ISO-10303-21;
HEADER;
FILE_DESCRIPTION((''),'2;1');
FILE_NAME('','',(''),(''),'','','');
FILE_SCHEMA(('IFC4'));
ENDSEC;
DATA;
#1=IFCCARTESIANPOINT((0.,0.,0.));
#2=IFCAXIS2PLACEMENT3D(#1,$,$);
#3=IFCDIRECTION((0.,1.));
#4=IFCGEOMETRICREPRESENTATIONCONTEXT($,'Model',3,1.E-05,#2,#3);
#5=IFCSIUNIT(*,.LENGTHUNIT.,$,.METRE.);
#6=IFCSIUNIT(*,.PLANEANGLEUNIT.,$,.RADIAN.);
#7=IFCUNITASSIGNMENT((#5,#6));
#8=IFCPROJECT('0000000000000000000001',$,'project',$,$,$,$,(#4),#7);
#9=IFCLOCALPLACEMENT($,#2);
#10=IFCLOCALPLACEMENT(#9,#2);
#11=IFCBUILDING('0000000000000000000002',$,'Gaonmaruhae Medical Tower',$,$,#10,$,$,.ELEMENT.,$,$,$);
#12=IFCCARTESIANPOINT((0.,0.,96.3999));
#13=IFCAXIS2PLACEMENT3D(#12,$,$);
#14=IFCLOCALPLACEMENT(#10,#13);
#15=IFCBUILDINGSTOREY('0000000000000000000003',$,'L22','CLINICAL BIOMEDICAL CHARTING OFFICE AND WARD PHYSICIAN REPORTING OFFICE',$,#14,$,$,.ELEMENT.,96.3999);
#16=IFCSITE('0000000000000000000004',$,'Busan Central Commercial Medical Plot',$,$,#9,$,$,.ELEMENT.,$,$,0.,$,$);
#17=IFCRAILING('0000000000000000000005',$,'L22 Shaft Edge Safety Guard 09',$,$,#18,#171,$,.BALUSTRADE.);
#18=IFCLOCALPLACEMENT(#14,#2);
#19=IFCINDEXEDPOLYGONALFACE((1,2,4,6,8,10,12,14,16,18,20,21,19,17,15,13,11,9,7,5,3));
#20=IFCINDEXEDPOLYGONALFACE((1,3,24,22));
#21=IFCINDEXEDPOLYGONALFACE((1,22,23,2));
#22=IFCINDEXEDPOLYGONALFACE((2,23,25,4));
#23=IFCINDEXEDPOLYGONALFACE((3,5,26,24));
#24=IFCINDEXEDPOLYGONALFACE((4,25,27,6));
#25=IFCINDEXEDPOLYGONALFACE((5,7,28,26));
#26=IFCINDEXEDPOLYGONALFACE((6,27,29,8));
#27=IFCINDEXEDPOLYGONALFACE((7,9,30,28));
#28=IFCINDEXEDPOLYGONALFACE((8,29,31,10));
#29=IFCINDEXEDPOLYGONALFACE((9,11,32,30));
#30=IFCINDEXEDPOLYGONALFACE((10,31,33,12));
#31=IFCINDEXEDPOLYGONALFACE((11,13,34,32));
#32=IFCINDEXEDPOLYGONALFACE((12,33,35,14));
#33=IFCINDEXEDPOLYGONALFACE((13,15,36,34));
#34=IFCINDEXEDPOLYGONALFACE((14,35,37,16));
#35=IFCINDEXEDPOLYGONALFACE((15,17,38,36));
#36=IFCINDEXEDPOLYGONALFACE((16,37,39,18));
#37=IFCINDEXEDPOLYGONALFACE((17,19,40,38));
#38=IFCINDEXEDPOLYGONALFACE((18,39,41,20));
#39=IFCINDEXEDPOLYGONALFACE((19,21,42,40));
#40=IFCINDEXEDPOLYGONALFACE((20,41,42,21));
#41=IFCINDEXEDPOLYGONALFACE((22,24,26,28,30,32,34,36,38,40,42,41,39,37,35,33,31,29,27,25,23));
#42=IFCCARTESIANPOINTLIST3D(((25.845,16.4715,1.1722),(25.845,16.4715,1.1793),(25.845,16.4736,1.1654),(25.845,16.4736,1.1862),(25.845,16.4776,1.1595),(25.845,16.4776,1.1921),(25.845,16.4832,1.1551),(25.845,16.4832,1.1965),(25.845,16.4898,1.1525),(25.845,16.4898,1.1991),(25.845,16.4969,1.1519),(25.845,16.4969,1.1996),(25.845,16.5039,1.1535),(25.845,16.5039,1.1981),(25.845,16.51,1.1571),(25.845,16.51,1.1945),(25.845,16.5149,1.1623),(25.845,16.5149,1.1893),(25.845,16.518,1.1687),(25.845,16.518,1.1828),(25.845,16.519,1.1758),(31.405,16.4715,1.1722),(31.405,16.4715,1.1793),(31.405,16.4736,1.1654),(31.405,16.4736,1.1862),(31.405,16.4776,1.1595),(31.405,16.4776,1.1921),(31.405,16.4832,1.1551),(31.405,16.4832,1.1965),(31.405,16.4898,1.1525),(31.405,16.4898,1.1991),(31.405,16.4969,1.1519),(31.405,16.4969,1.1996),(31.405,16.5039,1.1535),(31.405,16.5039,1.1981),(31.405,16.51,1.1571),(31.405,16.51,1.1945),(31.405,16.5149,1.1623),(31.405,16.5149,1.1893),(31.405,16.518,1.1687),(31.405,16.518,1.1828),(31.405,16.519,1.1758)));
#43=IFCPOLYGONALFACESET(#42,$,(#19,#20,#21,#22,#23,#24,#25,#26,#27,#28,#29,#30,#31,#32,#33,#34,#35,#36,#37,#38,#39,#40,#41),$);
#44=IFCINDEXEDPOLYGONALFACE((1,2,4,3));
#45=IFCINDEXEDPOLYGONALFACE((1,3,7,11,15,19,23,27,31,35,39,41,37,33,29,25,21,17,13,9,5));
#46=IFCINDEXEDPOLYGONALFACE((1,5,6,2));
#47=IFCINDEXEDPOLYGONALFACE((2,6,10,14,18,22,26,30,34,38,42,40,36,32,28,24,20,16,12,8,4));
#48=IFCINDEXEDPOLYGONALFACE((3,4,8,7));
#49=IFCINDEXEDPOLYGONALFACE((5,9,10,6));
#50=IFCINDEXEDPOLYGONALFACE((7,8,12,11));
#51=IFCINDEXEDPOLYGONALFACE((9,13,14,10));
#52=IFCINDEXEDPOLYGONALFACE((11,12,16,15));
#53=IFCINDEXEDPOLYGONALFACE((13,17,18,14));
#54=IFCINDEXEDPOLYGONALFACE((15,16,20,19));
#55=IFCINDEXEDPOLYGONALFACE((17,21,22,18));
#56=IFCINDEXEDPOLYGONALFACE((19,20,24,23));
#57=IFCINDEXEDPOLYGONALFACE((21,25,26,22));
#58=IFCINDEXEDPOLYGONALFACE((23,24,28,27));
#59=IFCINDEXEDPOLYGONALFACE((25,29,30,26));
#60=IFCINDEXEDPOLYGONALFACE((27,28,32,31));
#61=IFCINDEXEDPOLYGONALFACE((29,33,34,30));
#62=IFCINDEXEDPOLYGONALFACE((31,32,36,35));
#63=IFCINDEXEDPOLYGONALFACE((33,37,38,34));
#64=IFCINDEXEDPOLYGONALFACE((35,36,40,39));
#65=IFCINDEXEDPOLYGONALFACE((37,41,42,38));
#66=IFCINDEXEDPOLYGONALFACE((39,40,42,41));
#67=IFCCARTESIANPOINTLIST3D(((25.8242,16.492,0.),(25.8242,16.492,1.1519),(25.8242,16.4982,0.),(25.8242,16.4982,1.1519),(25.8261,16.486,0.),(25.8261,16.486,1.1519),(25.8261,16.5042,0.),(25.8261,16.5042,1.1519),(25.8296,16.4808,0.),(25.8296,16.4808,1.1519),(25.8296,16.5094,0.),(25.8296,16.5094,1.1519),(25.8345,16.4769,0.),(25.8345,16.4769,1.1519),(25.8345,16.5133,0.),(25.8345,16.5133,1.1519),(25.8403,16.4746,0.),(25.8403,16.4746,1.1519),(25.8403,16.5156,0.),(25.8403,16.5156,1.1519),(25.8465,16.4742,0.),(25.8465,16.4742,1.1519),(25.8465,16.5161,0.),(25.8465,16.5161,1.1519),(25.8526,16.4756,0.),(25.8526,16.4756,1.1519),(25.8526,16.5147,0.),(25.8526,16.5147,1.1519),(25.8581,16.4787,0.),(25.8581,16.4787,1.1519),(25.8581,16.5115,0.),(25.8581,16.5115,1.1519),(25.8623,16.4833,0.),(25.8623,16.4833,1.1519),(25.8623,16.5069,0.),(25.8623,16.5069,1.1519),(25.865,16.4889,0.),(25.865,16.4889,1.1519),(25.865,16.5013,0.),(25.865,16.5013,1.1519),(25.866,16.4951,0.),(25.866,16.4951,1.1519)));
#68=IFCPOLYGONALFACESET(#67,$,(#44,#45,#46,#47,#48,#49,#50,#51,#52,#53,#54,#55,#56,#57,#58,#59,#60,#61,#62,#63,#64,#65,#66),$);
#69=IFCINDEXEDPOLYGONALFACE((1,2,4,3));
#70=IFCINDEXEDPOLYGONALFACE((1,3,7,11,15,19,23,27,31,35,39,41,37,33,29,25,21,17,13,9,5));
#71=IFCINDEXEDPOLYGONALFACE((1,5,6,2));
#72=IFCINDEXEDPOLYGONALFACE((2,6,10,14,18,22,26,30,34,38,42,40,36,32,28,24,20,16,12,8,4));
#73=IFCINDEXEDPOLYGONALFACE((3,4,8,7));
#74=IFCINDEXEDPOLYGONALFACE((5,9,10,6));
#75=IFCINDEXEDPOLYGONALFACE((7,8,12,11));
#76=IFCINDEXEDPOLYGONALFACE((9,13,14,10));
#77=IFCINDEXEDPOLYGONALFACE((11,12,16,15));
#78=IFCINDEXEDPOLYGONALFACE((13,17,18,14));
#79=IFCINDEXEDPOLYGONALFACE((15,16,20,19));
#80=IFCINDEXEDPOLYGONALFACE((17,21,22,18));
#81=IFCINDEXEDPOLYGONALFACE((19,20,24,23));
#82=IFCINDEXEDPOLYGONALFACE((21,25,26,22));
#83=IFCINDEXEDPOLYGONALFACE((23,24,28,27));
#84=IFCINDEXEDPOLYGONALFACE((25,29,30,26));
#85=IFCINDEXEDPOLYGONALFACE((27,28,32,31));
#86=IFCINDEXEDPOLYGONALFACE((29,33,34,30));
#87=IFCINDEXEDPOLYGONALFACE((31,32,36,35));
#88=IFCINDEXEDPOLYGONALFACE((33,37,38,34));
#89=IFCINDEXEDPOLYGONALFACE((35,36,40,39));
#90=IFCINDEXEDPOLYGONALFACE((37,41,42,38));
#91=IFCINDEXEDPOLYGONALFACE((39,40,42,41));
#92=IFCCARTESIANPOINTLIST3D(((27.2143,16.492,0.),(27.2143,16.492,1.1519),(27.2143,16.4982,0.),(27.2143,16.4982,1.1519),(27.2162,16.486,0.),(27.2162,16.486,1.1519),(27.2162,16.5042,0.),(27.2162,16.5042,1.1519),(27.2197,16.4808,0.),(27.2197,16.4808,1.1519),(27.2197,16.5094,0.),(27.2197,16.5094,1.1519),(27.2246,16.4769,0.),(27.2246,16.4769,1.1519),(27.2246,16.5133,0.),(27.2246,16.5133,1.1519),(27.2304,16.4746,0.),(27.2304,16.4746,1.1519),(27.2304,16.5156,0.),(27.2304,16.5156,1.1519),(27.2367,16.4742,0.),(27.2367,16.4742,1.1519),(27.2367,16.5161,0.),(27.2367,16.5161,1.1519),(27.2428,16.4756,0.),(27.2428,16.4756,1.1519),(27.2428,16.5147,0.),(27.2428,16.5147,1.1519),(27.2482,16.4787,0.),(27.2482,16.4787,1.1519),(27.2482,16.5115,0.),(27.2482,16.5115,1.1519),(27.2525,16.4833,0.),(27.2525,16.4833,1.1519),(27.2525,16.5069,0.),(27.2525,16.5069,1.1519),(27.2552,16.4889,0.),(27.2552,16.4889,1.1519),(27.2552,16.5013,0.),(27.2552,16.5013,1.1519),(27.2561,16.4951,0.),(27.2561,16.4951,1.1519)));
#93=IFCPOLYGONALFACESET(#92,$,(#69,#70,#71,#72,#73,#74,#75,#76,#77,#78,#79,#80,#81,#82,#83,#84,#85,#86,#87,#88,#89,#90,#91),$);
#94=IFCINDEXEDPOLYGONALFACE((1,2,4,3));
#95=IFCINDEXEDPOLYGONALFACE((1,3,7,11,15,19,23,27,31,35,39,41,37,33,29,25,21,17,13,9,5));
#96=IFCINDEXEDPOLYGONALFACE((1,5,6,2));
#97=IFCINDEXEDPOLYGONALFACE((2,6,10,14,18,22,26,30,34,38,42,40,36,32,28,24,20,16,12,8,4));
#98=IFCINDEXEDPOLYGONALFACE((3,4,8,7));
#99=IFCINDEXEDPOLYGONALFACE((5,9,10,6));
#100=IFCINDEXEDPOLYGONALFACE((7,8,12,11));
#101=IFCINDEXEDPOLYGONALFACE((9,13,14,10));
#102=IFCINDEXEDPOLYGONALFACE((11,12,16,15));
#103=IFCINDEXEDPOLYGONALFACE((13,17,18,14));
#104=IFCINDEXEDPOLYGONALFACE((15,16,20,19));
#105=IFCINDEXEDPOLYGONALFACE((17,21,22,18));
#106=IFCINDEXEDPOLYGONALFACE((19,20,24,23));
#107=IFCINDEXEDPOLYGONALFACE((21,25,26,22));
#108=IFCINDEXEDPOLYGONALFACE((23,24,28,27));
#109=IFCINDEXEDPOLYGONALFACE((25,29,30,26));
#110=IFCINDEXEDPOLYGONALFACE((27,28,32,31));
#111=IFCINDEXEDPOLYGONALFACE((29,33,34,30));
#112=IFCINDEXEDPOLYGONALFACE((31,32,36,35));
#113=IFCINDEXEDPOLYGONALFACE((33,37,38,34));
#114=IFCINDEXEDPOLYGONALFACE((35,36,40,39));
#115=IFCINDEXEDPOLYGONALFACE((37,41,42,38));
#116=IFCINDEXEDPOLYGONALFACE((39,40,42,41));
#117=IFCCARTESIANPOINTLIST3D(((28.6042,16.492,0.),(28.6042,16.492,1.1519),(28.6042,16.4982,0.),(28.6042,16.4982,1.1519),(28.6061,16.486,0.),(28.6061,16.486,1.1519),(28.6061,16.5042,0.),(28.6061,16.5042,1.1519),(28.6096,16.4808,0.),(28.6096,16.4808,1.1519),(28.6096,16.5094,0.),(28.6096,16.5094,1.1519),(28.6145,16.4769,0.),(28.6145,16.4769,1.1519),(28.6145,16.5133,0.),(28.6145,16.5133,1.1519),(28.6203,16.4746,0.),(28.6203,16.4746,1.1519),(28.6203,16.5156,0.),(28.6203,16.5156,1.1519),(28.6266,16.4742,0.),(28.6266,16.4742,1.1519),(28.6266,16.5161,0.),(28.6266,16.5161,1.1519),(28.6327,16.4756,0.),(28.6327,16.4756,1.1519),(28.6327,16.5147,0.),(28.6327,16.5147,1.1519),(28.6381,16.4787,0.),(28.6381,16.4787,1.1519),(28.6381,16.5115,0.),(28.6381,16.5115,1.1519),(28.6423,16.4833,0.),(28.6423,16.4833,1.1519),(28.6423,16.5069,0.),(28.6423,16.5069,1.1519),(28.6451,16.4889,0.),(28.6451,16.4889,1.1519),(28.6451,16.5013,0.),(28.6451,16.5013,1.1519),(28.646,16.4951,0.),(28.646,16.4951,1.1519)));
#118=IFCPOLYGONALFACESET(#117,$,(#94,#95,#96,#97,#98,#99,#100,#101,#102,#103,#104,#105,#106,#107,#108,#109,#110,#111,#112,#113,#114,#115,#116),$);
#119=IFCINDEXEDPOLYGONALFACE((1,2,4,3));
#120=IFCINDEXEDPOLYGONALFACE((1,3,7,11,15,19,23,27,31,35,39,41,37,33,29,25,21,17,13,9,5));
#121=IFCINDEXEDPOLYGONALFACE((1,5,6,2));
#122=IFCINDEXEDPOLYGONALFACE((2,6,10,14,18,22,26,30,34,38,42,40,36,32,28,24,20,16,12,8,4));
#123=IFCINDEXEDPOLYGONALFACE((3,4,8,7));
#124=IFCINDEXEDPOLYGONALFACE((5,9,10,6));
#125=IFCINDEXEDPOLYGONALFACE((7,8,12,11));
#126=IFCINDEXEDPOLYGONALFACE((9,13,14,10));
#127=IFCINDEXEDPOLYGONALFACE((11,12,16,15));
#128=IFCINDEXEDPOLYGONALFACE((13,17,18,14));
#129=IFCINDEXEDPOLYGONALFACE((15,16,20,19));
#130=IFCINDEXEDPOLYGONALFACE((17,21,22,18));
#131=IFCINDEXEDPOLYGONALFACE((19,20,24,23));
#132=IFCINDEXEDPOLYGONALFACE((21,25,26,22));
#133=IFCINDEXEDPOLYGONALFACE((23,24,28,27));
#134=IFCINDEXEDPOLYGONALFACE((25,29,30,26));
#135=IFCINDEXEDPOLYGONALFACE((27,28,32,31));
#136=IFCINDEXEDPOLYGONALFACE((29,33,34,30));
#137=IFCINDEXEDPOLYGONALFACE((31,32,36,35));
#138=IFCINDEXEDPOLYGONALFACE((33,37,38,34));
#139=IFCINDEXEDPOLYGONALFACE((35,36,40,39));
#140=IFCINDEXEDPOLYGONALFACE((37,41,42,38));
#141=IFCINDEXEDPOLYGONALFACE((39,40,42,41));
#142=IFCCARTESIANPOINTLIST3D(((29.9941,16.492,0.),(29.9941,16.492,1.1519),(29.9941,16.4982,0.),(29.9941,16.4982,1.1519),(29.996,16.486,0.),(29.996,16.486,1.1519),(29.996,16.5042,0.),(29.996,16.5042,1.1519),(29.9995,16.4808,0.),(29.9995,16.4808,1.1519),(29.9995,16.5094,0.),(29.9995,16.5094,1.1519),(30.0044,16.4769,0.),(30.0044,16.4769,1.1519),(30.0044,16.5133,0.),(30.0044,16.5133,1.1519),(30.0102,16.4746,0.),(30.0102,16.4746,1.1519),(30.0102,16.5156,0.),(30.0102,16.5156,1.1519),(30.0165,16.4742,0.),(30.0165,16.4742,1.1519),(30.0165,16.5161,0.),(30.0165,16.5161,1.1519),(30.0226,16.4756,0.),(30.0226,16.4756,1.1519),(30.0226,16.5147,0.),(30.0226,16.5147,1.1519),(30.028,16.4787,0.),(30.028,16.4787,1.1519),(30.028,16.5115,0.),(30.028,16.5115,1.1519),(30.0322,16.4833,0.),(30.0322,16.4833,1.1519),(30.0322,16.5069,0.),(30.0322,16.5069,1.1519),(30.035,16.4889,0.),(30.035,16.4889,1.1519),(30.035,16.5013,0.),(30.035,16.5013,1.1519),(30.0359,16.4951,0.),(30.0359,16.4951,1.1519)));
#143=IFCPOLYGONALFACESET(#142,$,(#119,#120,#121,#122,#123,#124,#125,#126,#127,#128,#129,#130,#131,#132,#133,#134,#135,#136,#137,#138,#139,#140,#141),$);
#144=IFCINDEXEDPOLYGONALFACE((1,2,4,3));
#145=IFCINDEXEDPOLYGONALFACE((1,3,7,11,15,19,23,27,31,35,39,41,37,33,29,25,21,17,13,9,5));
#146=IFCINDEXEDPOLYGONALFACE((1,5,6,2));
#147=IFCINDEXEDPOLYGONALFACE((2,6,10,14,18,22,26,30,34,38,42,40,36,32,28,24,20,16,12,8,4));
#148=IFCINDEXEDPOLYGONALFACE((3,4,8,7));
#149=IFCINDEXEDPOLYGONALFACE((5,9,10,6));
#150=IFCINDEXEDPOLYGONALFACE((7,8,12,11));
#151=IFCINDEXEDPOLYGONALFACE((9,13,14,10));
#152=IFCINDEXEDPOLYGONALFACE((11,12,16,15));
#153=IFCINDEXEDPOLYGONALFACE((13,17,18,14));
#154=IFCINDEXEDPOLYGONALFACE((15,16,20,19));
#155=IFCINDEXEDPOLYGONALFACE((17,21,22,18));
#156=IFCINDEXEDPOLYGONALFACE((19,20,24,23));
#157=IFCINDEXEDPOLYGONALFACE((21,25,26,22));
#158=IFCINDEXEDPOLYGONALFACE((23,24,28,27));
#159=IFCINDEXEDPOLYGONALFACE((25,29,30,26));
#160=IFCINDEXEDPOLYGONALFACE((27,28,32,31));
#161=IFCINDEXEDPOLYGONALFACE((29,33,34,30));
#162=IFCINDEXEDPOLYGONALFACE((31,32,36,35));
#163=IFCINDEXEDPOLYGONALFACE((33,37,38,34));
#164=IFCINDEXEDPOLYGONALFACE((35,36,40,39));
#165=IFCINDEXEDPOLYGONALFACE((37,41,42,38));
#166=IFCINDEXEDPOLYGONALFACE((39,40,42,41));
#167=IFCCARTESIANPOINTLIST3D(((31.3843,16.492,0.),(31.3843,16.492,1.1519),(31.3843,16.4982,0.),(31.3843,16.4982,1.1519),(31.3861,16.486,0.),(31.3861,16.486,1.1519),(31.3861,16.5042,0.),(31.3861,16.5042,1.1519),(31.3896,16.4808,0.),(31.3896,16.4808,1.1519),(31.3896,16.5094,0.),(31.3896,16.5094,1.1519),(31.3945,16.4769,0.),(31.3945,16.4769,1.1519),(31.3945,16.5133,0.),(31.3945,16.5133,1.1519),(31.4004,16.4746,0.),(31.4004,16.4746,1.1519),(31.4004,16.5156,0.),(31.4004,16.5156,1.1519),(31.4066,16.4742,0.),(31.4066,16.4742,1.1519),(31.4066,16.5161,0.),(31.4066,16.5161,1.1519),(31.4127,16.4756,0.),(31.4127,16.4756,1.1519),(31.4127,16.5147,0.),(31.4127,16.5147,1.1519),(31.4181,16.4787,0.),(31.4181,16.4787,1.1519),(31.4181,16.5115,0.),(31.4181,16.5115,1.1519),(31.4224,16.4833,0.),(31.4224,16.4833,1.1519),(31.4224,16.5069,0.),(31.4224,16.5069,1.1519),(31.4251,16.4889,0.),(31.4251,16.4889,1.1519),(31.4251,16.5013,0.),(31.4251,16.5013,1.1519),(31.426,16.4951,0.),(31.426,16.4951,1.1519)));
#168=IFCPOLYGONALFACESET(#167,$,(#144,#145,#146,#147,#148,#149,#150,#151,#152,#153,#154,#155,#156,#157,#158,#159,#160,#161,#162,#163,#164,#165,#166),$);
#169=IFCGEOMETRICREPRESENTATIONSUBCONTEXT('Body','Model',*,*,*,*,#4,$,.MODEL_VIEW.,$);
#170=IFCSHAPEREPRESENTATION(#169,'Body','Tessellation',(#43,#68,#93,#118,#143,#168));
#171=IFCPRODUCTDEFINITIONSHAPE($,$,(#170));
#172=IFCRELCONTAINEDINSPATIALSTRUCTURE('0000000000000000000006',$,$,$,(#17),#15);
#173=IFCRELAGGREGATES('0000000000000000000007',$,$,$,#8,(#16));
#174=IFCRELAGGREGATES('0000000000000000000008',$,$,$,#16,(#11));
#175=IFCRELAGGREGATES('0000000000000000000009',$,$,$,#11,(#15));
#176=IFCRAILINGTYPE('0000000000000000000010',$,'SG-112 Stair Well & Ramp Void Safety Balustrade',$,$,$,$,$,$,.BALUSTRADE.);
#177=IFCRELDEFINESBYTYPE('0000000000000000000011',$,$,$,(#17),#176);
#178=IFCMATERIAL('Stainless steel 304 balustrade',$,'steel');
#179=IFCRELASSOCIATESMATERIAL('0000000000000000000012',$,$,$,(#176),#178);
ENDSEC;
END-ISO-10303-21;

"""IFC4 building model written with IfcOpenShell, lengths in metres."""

from ifc_helpers import new_model, si_unit, direction, frame, origin, origin_2d, place, context, subcontext, project, spatial, circle, extrude, material, type_object, element, save


model = new_model("IFC4")

# Units and contexts
model_context = context("Model", 3, precision=1e-05, world=origin(), true_north=direction((0.0, 1.0)))
body_context = subcontext(model_context, "Body", "Model", "MODEL_VIEW")
ifc_project = project(units=[si_unit("LENGTHUNIT", "METRE"), si_unit("PLANEANGLEUNIT", "RADIAN")], contexts=[model_context])

# Site, building, storey
site_placement = place(None, origin())
site = spatial("IfcSite", under=ifc_project, at=site_placement, Name="Busan Central Commercial Medical Plot", CompositionType="ELEMENT", RefElevation=0.0)
building_placement = place(site_placement, origin())
building = spatial("IfcBuilding", under=site, at=building_placement, Name="Gaonmaruhae Medical Tower", CompositionType="ELEMENT")
storey_placement = place(building_placement, frame((0.0, 0.0, 96.3999)))
storey = spatial("IfcBuildingStorey", under=building, at=storey_placement, Name="L22", Description="CLINICAL BIOMEDICAL CHARTING OFFICE AND WARD PHYSICIAN REPORTING OFFICE", CompositionType="ELEMENT", Elevation=96.3999)

# Railing
ifc_material_1 = material(Name="Stainless steel 304 balustrade", Category="steel")
railing_type = type_object("IfcRailingType", Name="SG-112 Stair Well & Ramp Void Safety Balustrade", PredefinedType="BALUSTRADE", material=ifc_material_1)
railing_1_placement = place(storey_placement, frame((25.845, 16.4951, 0.0)))
element("IfcRailing", 1, at=railing_1_placement, inside=storey, type_object=railing_type, Name="L22 Shaft Edge Safety Guard 09", PredefinedType="BALUSTRADE", context=body_context, shape_type="SweptSolid", body=[
    extrude(circle(Radius=0.0239, at=origin_2d()), frame((0.0, 0.0, 1.1758), z_axis=(1.0, 0.0, 0.0), x_axis=(0.0, 1.0, 0.0)), (0.0, 0.0, 1.0), 5.5601),
    extrude(circle(Radius=0.021, at=origin_2d()), origin(), (0.0, 0.0, 1.0), 1.1519),
    extrude(circle(Radius=0.021, at=origin_2d()), frame((1.3901, 0.0, 0.0)), (0.0, 0.0, 1.0), 1.1519),
    extrude(circle(Radius=0.021, at=origin_2d()), frame((2.78, 0.0, 0.0)), (0.0, 0.0, 1.0), 1.1519),
    extrude(circle(Radius=0.021, at=origin_2d()), frame((4.1699, 0.0, 0.0)), (0.0, 0.0, 1.0), 1.1519),
    extrude(circle(Radius=0.021, at=origin_2d()), frame((5.5601, 0.0, 0.0)), (0.0, 0.0, 1.0), 1.1519),
])

save(model, "model.ifc")
